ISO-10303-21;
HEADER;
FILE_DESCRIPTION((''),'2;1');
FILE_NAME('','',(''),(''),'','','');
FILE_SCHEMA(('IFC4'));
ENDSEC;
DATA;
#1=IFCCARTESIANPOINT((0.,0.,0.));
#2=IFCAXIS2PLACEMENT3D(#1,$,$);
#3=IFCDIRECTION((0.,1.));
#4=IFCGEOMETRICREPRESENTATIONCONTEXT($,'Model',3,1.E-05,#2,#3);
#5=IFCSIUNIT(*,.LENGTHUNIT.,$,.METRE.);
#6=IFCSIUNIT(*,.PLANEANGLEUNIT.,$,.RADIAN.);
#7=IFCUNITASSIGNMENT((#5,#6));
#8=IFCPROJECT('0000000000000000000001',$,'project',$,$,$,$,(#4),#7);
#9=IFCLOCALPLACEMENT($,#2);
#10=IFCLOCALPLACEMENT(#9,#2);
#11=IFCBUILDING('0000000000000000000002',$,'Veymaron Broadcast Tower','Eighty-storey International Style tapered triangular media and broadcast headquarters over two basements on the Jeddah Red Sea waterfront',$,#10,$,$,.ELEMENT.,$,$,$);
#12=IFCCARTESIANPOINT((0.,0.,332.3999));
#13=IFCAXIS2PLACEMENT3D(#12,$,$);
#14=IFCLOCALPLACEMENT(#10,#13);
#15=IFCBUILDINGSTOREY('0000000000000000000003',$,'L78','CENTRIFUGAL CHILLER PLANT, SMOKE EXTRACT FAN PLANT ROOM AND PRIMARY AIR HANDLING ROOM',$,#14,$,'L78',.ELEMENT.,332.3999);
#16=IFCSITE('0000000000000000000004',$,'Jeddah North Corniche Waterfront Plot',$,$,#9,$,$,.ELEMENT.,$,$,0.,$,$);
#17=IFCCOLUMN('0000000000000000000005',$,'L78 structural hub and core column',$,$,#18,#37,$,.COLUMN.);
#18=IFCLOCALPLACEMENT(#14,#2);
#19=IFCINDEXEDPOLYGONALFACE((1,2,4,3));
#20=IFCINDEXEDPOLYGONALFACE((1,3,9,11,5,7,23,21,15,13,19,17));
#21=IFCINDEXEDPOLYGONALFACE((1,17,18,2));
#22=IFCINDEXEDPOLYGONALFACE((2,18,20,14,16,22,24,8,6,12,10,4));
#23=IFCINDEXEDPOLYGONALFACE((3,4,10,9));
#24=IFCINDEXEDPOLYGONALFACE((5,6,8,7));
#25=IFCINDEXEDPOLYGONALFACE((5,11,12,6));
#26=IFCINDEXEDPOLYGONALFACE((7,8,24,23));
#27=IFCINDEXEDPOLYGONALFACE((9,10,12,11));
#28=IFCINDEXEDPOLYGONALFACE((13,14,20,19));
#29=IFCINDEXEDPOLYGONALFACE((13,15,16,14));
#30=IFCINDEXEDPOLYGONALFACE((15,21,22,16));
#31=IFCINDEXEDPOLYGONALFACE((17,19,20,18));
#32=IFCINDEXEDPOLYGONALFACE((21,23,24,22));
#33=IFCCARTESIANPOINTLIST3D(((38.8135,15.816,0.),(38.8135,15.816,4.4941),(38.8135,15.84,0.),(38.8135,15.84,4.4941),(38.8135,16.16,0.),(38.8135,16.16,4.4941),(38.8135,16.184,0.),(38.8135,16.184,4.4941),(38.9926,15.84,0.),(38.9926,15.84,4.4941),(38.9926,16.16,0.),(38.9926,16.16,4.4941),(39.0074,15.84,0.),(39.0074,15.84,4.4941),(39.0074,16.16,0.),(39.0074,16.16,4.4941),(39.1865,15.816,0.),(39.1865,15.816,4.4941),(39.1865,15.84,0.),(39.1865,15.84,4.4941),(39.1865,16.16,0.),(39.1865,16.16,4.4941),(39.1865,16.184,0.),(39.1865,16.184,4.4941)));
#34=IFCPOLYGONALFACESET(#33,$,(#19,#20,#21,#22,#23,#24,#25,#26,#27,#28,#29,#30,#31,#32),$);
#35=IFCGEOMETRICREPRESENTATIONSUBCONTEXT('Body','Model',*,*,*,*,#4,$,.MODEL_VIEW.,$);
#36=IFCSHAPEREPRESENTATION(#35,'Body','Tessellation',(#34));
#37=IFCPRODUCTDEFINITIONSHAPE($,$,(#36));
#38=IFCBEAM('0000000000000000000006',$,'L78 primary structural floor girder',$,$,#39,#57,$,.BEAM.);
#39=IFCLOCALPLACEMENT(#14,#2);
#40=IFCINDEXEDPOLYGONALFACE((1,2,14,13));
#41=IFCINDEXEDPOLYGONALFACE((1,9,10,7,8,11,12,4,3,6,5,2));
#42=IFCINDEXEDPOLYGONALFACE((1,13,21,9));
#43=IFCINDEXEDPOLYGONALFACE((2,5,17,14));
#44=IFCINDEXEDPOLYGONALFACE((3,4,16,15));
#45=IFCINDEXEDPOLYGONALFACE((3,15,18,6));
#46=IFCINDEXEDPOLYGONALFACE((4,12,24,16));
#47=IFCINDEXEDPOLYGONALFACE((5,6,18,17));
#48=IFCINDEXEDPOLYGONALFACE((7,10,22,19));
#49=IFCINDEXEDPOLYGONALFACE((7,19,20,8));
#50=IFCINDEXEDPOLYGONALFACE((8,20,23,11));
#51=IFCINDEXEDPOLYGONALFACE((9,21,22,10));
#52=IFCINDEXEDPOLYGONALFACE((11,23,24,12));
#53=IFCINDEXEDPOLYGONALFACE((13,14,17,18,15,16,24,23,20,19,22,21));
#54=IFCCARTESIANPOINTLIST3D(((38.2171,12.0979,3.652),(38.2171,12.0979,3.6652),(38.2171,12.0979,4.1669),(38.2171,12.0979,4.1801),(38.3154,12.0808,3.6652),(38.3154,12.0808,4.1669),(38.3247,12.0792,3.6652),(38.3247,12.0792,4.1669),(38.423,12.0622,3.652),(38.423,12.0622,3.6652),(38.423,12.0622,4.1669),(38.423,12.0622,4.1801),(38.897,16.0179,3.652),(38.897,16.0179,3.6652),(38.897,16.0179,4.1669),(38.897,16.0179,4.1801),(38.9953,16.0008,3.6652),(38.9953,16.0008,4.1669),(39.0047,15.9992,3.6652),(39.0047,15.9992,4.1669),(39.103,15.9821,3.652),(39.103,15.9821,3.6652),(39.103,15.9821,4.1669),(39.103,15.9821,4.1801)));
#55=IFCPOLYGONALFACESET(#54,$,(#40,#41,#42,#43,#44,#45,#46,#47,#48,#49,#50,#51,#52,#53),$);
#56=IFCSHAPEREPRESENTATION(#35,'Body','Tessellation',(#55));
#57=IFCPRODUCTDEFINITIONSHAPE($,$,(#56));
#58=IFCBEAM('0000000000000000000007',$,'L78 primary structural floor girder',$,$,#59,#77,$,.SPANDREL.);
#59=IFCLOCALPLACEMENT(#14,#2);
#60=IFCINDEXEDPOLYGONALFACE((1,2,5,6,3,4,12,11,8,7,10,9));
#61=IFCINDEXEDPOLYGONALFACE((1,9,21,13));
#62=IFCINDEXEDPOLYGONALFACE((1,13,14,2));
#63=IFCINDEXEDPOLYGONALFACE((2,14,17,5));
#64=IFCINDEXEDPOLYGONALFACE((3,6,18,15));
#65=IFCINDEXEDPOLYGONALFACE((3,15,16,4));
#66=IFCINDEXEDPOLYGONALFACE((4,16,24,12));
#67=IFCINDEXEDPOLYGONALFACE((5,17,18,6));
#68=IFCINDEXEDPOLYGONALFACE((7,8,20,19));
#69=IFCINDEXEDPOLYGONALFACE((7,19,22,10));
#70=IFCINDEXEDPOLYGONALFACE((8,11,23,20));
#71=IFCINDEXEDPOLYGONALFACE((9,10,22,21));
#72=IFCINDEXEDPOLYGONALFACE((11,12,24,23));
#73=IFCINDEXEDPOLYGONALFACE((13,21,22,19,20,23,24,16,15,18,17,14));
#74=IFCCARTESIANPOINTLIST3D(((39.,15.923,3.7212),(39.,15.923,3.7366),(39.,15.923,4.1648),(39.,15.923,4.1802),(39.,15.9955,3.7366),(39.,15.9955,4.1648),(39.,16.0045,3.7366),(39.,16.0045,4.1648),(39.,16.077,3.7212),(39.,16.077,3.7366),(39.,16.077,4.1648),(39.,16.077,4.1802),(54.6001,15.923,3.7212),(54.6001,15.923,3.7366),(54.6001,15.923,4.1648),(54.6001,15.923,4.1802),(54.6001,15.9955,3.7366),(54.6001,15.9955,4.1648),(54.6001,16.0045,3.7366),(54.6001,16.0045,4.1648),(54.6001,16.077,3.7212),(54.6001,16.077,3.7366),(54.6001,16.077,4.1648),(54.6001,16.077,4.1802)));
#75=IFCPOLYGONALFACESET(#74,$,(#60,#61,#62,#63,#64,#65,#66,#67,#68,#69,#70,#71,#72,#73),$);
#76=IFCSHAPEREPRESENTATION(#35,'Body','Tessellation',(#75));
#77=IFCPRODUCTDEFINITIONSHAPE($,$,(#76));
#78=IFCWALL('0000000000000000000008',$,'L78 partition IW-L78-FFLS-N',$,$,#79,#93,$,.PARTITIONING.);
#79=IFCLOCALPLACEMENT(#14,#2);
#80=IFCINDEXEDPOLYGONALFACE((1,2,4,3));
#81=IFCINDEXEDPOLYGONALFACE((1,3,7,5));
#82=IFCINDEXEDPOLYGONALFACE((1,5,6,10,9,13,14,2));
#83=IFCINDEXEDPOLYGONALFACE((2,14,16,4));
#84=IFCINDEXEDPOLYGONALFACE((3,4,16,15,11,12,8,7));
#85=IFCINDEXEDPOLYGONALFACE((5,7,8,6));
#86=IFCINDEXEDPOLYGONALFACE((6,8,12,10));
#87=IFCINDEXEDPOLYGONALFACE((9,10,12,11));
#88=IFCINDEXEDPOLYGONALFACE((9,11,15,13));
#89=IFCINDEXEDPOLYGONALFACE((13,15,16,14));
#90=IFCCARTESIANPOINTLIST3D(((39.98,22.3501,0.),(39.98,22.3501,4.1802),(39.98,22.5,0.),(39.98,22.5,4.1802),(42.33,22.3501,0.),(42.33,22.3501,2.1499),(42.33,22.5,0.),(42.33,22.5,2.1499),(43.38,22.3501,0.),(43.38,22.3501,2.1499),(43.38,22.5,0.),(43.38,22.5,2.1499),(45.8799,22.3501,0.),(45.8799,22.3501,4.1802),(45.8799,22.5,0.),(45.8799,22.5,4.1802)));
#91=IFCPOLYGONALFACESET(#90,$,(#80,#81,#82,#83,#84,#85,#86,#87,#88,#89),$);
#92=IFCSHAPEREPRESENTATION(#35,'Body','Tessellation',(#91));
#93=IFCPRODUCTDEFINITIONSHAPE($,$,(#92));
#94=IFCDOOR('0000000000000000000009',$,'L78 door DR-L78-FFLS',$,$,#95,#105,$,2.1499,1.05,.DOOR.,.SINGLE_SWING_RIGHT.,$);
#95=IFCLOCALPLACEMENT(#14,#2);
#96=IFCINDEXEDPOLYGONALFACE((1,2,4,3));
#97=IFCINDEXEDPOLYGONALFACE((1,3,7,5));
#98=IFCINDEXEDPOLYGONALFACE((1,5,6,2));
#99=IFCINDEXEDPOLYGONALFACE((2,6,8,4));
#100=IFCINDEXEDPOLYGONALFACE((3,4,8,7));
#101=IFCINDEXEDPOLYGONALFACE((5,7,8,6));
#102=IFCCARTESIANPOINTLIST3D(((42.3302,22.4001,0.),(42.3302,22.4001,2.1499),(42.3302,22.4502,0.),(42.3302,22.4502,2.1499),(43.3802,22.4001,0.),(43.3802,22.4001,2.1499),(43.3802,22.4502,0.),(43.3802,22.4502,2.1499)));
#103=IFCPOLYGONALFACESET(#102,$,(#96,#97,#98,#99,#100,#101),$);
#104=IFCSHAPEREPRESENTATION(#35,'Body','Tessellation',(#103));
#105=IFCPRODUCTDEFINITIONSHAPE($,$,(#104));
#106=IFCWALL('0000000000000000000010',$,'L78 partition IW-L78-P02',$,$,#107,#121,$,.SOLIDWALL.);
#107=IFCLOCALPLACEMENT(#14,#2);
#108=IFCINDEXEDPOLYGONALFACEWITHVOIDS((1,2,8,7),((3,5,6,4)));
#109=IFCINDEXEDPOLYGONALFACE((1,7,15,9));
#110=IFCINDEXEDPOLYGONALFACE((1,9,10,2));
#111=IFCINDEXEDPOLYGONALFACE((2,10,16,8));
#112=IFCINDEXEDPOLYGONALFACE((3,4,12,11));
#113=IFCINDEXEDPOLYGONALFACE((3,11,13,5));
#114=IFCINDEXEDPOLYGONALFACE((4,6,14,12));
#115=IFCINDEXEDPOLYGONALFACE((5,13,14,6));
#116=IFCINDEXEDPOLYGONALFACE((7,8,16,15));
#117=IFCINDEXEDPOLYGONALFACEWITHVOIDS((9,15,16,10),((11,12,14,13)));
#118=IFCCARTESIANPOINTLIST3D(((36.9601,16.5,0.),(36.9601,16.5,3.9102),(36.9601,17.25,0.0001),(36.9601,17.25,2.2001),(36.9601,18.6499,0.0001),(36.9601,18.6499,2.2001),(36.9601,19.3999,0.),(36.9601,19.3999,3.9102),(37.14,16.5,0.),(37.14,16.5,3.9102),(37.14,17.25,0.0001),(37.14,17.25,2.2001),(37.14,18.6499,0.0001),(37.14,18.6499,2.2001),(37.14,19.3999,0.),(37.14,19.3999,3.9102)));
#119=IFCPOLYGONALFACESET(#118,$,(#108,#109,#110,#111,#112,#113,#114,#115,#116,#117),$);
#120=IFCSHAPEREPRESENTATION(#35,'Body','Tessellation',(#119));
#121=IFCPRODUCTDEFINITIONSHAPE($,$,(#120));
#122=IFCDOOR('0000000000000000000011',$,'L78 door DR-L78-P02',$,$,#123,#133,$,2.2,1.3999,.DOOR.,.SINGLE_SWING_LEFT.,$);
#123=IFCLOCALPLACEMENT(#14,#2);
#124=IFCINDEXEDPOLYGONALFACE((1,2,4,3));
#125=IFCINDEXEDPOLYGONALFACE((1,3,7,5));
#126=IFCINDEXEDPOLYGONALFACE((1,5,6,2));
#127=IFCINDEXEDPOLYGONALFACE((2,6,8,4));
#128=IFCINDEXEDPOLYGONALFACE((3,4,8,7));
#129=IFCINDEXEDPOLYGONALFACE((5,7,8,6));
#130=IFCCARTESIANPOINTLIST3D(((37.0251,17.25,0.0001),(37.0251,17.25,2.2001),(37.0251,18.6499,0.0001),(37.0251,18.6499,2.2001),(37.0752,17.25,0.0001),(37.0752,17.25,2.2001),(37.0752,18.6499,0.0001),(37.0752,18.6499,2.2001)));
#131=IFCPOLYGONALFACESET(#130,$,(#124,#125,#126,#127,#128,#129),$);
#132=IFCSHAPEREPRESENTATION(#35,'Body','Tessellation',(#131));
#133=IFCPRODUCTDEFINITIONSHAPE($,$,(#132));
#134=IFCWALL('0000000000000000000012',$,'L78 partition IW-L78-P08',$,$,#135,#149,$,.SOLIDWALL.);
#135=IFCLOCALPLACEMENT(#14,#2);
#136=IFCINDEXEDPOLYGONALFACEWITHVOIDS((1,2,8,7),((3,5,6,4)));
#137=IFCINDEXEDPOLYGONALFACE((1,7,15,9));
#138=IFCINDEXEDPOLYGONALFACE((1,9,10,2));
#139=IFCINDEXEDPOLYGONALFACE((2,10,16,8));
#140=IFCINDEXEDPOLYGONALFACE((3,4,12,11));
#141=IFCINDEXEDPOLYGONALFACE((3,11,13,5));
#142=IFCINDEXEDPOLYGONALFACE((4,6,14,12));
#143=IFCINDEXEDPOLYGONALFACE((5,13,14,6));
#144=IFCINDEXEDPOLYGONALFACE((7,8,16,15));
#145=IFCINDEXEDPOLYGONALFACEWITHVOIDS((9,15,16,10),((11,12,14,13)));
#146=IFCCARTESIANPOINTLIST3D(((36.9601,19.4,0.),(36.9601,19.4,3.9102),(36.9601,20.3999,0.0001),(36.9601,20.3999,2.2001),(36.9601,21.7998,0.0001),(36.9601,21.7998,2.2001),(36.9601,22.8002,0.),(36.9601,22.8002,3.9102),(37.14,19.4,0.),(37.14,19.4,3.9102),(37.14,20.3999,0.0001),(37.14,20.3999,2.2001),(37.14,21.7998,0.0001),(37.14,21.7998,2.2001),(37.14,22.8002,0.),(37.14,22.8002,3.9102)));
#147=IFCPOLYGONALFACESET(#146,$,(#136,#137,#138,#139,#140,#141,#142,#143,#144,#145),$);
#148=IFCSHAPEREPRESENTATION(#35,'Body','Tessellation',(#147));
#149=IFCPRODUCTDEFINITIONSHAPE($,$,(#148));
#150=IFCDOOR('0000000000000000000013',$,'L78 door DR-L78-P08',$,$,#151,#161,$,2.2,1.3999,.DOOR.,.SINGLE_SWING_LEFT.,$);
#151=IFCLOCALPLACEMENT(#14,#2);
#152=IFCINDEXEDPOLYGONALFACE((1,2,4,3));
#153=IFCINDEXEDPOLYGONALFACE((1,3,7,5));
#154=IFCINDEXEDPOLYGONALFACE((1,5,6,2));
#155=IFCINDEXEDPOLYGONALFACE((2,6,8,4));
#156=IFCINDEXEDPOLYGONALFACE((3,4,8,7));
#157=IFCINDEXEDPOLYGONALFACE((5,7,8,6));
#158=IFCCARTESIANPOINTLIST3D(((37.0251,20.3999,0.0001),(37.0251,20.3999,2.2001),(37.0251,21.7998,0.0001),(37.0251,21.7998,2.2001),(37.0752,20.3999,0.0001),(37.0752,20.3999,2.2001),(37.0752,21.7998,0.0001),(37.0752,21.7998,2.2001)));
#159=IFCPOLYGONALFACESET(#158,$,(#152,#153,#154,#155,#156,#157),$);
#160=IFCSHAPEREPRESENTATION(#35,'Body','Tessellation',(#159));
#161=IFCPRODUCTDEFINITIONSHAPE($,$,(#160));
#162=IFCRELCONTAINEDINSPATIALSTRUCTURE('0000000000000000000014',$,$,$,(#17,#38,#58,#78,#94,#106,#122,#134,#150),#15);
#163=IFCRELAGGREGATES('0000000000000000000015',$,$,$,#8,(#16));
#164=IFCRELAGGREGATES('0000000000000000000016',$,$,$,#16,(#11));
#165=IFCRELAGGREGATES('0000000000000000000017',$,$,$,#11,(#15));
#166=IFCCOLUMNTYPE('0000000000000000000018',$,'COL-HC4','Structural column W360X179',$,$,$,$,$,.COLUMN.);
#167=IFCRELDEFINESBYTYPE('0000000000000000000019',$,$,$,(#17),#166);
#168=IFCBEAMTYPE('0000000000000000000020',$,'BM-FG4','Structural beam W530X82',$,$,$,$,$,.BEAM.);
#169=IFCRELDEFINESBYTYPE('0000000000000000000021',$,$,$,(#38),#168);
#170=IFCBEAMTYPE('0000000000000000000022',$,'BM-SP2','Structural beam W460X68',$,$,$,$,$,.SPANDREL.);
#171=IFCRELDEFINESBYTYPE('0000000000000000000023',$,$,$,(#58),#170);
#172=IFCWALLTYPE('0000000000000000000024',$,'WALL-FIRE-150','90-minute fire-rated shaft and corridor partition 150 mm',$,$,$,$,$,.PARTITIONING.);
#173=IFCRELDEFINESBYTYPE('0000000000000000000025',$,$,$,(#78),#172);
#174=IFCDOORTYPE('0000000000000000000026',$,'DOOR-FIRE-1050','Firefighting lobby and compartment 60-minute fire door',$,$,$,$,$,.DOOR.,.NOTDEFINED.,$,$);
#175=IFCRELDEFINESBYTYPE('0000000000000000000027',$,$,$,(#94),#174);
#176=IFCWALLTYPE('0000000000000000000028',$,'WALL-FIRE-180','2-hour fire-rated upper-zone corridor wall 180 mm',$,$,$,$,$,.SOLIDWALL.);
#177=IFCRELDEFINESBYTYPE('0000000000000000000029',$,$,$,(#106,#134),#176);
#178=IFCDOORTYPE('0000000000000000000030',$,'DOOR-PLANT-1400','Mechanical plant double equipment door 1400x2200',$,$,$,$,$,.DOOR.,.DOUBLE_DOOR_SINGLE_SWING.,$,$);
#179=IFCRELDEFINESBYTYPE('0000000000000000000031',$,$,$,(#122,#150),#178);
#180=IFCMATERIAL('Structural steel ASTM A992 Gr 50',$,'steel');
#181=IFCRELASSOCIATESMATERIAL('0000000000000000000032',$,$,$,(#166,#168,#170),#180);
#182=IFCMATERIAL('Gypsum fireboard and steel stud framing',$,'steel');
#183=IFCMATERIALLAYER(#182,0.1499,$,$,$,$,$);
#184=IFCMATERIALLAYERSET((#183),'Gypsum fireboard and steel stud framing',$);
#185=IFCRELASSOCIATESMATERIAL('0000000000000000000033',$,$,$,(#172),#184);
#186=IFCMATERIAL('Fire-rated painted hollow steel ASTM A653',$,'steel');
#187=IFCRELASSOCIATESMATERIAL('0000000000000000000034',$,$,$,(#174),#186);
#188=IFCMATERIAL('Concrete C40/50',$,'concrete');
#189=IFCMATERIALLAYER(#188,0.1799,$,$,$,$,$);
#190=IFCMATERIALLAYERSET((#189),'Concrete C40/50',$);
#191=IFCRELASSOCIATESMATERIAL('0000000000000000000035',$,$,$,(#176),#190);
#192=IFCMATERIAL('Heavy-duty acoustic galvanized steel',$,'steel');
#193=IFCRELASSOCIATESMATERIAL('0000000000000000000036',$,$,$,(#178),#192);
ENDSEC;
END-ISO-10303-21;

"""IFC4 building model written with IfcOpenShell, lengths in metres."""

from ifc_helpers import new_model, si_unit, direction, frame, frame_2d, origin, origin_2d, place, context, subcontext, project, spatial, rectangle, i_section, extrude, material, layer, layer_set, material_profile, profile_set, type_object, element, fill, save


model = new_model("IFC4")

# Units and contexts
model_context = context("Model", 3, precision=1e-05, world=origin(), true_north=direction((0.0, 1.0)))
body_context = subcontext(model_context, "Body", "Model", "MODEL_VIEW")
ifc_project = project(units=[si_unit("LENGTHUNIT", "METRE"), si_unit("PLANEANGLEUNIT", "RADIAN")], contexts=[model_context])

# Site, building, storey
site_placement = place(None, origin())
site = spatial("IfcSite", under=ifc_project, at=site_placement, Name="Jeddah North Corniche Waterfront Plot", CompositionType="ELEMENT", RefElevation=0.0)
building_placement = place(site_placement, origin())
building = spatial("IfcBuilding", under=site, at=building_placement, Name="Veymaron Broadcast Tower", Description="Eighty-storey International Style tapered triangular media and broadcast headquarters over two basements on the Jeddah Red Sea waterfront", CompositionType="ELEMENT")
storey_placement = place(building_placement, frame((0.0, 0.0, 332.3999)))
storey = spatial("IfcBuildingStorey", under=building, at=storey_placement, Name="L78", Description="CENTRIFUGAL CHILLER PLANT, SMOKE EXTRACT FAN PLANT ROOM AND PRIMARY AIR HANDLING ROOM", LongName="L78", CompositionType="ELEMENT", Elevation=332.3999)

# Column
ifc_material_1 = material(Name="Structural steel ASTM A992 Gr 50", Category="steel")
ifc_material_profile_1 = material_profile(ifc_material_1, i_section(OverallWidth=0.373, OverallDepth=0.3679, WebThickness=0.0149, FlangeThickness=0.0239, at=origin_2d()), Name="W360X179")
ifc_profile_set_1 = profile_set([ifc_material_profile_1], Name="Structural steel ASTM A992 Gr 50")
column_type = type_object("IfcColumnType", Name="COL-HC4", Description="Structural column W360X179", PredefinedType="COLUMN", material=ifc_profile_set_1)
column_placement = place(storey_placement, frame((39.0, 16.0, 0.0), z_axis=(0.0, 0.0, 1.0), x_axis=(1.0, 0.0, 0.0)))
element("IfcColumn", 1, at=column_placement, inside=storey, type_object=column_type, Name="L78 structural hub and core column", PredefinedType="COLUMN", context=body_context, shape_type="SweptSolid", body=[
    extrude(i_section(OverallWidth=0.373, OverallDepth=0.3679, WebThickness=0.0149, FlangeThickness=0.0239, at=origin_2d()), origin(), (0.0, 0.0, 1.0), 4.4941),
])

# Beams
ifc_material_profile_2 = material_profile(ifc_material_1, i_section(OverallWidth=0.209, OverallDepth=0.5281, WebThickness=0.0095, FlangeThickness=0.0132, at=origin_2d()), Name="W530X82")
ifc_profile_set_2 = profile_set([ifc_material_profile_2], Name="Structural steel ASTM A992 Gr 50")
beam_type_1 = type_object("IfcBeamType", Name="BM-FG4", Description="Structural beam W530X82", PredefinedType="BEAM", material=ifc_profile_set_2)
beam_1_placement = place(storey_placement, frame((39.0, 16.0, 3.916), z_axis=(-0.170903, -0.985288, 0.0), x_axis=(0.985288, -0.170903, 0.0)))
element("IfcBeam", 2, at=beam_1_placement, inside=storey, type_object=beam_type_1, Name="L78 primary structural floor girder", PredefinedType="BEAM", context=body_context, shape_type="SweptSolid", body=[
    extrude(i_section(OverallWidth=0.209, OverallDepth=0.5281, WebThickness=0.0095, FlangeThickness=0.0132, at=origin_2d()), origin(), (0.0, 0.0, 1.0), 3.9785),
])
ifc_material_profile_3 = material_profile(ifc_material_1, i_section(OverallWidth=0.1541, OverallDepth=0.459, WebThickness=0.009, FlangeThickness=0.0154, at=origin_2d()), Name="W460X68")
ifc_profile_set_3 = profile_set([ifc_material_profile_3], Name="Structural steel ASTM A992 Gr 50")
beam_type_2 = type_object("IfcBeamType", Name="BM-SP2", Description="Structural beam W460X68", PredefinedType="SPANDREL", material=ifc_profile_set_3)
beam_2_placement = place(storey_placement, frame((39.0, 16.0, 3.9507), z_axis=(1.0, 0.0, 0.0), x_axis=(0.0, 1.0, 0.0)))
element("IfcBeam", 3, at=beam_2_placement, inside=storey, type_object=beam_type_2, Name="L78 primary structural floor girder", PredefinedType="SPANDREL", context=body_context, shape_type="SweptSolid", body=[
    extrude(i_section(OverallWidth=0.1541, OverallDepth=0.459, WebThickness=0.009, FlangeThickness=0.0154, at=origin_2d()), origin(), (0.0, 0.0, 1.0), 15.6001),
])

# Walls, openings, doors
ifc_material_2 = material(Name="Gypsum fireboard and steel stud framing", Category="steel")
ifc_layer_1 = layer(ifc_material_2, 0.1499)
ifc_layer_set_1 = layer_set([ifc_layer_1], Name="Gypsum fireboard and steel stud framing")
wall_type_1 = type_object("IfcWallType", Name="WALL-FIRE-150", Description="90-minute fire-rated shaft and corridor partition 150 mm", PredefinedType="PARTITIONING", material=ifc_layer_set_1)
wall_1_placement = place(storey_placement, frame((39.98, 22.425, 0.0), z_axis=(0.0, 0.0, 1.0), x_axis=(1.0, 0.0, 0.0)))
wall_1 = element("IfcWall", 4, at=wall_1_placement, inside=storey, type_object=wall_type_1, Name="L78 partition IW-L78-FFLS-N", PredefinedType="PARTITIONING", context=body_context, shape_type="SweptSolid", body=[
    extrude(rectangle(XDim=5.8999, YDim=0.1499, at=frame_2d((2.95, 0.0))), origin(), (0.0, 0.0, 1.0), 4.1802),
])
opening_1_placement = place(wall_1_placement, frame((2.3501, 0.0, 0.0)))
opening_1 = element("IfcOpeningElement", 5, at=opening_1_placement, cuts=wall_1, PredefinedType="OPENING", context=body_context, shape_type="SweptSolid", body=[
    extrude(rectangle(XDim=1.05, YDim=2.1499, at=frame_2d((0.5249, 1.075))), frame((0.0, 0.085, 0.0), z_axis=(0.0, -1.0, 0.0), x_axis=(1.0, 0.0, 0.0)), (0.0, 0.0, 1.0), 0.1699),
])
ifc_material_3 = material(Name="Fire-rated painted hollow steel ASTM A653", Category="steel")
door_type_1 = type_object("IfcDoorType", Name="DOOR-FIRE-1050", Description="Firefighting lobby and compartment 60-minute fire door", OperationType="NOTDEFINED", PredefinedType="DOOR", material=ifc_material_3)
door_1_placement = place(opening_1_placement, frame((1.05, 0.0, 0.0), z_axis=(0.0, 0.0, 1.0), x_axis=(-1.0, 0.0, 0.0)))
door_1 = element("IfcDoor", 6, at=door_1_placement, inside=storey, type_object=door_type_1, Name="L78 door DR-L78-FFLS", OperationType="SINGLE_SWING_RIGHT", OverallHeight=2.1499, OverallWidth=1.05, PredefinedType="DOOR", context=body_context, shape_type="SweptSolid", body=[
    extrude(rectangle(XDim=1.05, YDim=2.1499, at=frame_2d((0.5249, 1.075))), frame((0.0, 0.0249, 0.0), z_axis=(0.0, -1.0, 0.0), x_axis=(1.0, 0.0, 0.0)), (0.0, 0.0, 1.0), 0.05),
])
fill(opening_1, door_1)
ifc_material_4 = material(Name="Concrete C40/50", Category="concrete")
ifc_layer_2 = layer(ifc_material_4, 0.1799)
ifc_layer_set_2 = layer_set([ifc_layer_2], Name="Concrete C40/50")
wall_type_2 = type_object("IfcWallType", Name="WALL-FIRE-180", Description="2-hour fire-rated upper-zone corridor wall 180 mm", PredefinedType="SOLIDWALL", material=ifc_layer_set_2)
wall_2_placement = place(storey_placement, frame((37.05, 16.5, 0.0), z_axis=(0.0, 0.0, 1.0), x_axis=(0.0, 1.0, 0.0)))
wall_2 = element("IfcWall", 7, at=wall_2_placement, inside=storey, type_object=wall_type_2, Name="L78 partition IW-L78-P02", PredefinedType="SOLIDWALL", context=body_context, shape_type="SweptSolid", body=[
    extrude(rectangle(XDim=2.8999, YDim=0.1799, at=frame_2d((1.45, 0.0))), origin(), (0.0, 0.0, 1.0), 3.9102),
])
opening_2_placement = place(wall_2_placement, frame((0.75, 0.0, 0.0)))
opening_2 = element("IfcOpeningElement", 8, at=opening_2_placement, cuts=wall_2, PredefinedType="OPENING", context=body_context, shape_type="SweptSolid", body=[
    extrude(rectangle(XDim=1.3999, YDim=2.2, at=frame_2d((0.7, 1.1001))), frame((0.0, 0.1001, 0.0), z_axis=(0.0, -1.0, 0.0), x_axis=(1.0, 0.0, 0.0)), (0.0, 0.0, 1.0), 0.2),
])
ifc_material_5 = material(Name="Heavy-duty acoustic galvanized steel", Category="steel")
door_type_2 = type_object("IfcDoorType", Name="DOOR-PLANT-1400", Description="Mechanical plant double equipment door 1400x2200", OperationType="DOUBLE_DOOR_SINGLE_SWING", PredefinedType="DOOR", material=ifc_material_5)
door_2_placement = place(opening_2_placement, origin())
door_2 = element("IfcDoor", 9, at=door_2_placement, inside=storey, type_object=door_type_2, Name="L78 door DR-L78-P02", OperationType="SINGLE_SWING_LEFT", OverallHeight=2.2, OverallWidth=1.3999, PredefinedType="DOOR", context=body_context, shape_type="SweptSolid", body=[
    extrude(rectangle(XDim=1.3999, YDim=2.2, at=frame_2d((0.7, 1.1001))), frame((0.0, 0.0249, 0.0), z_axis=(0.0, -1.0, 0.0), x_axis=(1.0, 0.0, 0.0)), (0.0, 0.0, 1.0), 0.05),
])
fill(opening_2, door_2)
wall_3_placement = place(storey_placement, frame((37.05, 19.3999, 0.0), z_axis=(0.0, 0.0, 1.0), x_axis=(0.0, 1.0, 0.0)))
wall_3 = element("IfcWall", 10, at=wall_3_placement, inside=storey, type_object=wall_type_2, Name="L78 partition IW-L78-P08", PredefinedType="SOLIDWALL", context=body_context, shape_type="SweptSolid", body=[
    extrude(rectangle(XDim=3.4001, YDim=0.1799, at=frame_2d((1.7002, 0.0))), origin(), (0.0, 0.0, 1.0), 3.9102),
])
opening_3_placement = place(wall_3_placement, frame((1.0, 0.0, 0.0)))
opening_3 = element("IfcOpeningElement", 11, at=opening_3_placement, cuts=wall_3, PredefinedType="OPENING", context=body_context, shape_type="SweptSolid", body=[
    extrude(rectangle(XDim=1.3999, YDim=2.2, at=frame_2d((0.7, 1.1001))), frame((0.0, 0.1001, 0.0), z_axis=(0.0, -1.0, 0.0), x_axis=(1.0, 0.0, 0.0)), (0.0, 0.0, 1.0), 0.2),
])
door_3_placement = place(opening_3_placement, origin())
door_3 = element("IfcDoor", 12, at=door_3_placement, inside=storey, type_object=door_type_2, Name="L78 door DR-L78-P08", OperationType="SINGLE_SWING_LEFT", OverallHeight=2.2, OverallWidth=1.3999, PredefinedType="DOOR", context=body_context, shape_type="SweptSolid", body=[
    extrude(rectangle(XDim=1.3999, YDim=2.2, at=frame_2d((0.7, 1.1001))), frame((0.0, 0.0249, 0.0), z_axis=(0.0, -1.0, 0.0), x_axis=(1.0, 0.0, 0.0)), (0.0, 0.0, 1.0), 0.05),
])
fill(opening_3, door_3)

save(model, "model.ifc")
